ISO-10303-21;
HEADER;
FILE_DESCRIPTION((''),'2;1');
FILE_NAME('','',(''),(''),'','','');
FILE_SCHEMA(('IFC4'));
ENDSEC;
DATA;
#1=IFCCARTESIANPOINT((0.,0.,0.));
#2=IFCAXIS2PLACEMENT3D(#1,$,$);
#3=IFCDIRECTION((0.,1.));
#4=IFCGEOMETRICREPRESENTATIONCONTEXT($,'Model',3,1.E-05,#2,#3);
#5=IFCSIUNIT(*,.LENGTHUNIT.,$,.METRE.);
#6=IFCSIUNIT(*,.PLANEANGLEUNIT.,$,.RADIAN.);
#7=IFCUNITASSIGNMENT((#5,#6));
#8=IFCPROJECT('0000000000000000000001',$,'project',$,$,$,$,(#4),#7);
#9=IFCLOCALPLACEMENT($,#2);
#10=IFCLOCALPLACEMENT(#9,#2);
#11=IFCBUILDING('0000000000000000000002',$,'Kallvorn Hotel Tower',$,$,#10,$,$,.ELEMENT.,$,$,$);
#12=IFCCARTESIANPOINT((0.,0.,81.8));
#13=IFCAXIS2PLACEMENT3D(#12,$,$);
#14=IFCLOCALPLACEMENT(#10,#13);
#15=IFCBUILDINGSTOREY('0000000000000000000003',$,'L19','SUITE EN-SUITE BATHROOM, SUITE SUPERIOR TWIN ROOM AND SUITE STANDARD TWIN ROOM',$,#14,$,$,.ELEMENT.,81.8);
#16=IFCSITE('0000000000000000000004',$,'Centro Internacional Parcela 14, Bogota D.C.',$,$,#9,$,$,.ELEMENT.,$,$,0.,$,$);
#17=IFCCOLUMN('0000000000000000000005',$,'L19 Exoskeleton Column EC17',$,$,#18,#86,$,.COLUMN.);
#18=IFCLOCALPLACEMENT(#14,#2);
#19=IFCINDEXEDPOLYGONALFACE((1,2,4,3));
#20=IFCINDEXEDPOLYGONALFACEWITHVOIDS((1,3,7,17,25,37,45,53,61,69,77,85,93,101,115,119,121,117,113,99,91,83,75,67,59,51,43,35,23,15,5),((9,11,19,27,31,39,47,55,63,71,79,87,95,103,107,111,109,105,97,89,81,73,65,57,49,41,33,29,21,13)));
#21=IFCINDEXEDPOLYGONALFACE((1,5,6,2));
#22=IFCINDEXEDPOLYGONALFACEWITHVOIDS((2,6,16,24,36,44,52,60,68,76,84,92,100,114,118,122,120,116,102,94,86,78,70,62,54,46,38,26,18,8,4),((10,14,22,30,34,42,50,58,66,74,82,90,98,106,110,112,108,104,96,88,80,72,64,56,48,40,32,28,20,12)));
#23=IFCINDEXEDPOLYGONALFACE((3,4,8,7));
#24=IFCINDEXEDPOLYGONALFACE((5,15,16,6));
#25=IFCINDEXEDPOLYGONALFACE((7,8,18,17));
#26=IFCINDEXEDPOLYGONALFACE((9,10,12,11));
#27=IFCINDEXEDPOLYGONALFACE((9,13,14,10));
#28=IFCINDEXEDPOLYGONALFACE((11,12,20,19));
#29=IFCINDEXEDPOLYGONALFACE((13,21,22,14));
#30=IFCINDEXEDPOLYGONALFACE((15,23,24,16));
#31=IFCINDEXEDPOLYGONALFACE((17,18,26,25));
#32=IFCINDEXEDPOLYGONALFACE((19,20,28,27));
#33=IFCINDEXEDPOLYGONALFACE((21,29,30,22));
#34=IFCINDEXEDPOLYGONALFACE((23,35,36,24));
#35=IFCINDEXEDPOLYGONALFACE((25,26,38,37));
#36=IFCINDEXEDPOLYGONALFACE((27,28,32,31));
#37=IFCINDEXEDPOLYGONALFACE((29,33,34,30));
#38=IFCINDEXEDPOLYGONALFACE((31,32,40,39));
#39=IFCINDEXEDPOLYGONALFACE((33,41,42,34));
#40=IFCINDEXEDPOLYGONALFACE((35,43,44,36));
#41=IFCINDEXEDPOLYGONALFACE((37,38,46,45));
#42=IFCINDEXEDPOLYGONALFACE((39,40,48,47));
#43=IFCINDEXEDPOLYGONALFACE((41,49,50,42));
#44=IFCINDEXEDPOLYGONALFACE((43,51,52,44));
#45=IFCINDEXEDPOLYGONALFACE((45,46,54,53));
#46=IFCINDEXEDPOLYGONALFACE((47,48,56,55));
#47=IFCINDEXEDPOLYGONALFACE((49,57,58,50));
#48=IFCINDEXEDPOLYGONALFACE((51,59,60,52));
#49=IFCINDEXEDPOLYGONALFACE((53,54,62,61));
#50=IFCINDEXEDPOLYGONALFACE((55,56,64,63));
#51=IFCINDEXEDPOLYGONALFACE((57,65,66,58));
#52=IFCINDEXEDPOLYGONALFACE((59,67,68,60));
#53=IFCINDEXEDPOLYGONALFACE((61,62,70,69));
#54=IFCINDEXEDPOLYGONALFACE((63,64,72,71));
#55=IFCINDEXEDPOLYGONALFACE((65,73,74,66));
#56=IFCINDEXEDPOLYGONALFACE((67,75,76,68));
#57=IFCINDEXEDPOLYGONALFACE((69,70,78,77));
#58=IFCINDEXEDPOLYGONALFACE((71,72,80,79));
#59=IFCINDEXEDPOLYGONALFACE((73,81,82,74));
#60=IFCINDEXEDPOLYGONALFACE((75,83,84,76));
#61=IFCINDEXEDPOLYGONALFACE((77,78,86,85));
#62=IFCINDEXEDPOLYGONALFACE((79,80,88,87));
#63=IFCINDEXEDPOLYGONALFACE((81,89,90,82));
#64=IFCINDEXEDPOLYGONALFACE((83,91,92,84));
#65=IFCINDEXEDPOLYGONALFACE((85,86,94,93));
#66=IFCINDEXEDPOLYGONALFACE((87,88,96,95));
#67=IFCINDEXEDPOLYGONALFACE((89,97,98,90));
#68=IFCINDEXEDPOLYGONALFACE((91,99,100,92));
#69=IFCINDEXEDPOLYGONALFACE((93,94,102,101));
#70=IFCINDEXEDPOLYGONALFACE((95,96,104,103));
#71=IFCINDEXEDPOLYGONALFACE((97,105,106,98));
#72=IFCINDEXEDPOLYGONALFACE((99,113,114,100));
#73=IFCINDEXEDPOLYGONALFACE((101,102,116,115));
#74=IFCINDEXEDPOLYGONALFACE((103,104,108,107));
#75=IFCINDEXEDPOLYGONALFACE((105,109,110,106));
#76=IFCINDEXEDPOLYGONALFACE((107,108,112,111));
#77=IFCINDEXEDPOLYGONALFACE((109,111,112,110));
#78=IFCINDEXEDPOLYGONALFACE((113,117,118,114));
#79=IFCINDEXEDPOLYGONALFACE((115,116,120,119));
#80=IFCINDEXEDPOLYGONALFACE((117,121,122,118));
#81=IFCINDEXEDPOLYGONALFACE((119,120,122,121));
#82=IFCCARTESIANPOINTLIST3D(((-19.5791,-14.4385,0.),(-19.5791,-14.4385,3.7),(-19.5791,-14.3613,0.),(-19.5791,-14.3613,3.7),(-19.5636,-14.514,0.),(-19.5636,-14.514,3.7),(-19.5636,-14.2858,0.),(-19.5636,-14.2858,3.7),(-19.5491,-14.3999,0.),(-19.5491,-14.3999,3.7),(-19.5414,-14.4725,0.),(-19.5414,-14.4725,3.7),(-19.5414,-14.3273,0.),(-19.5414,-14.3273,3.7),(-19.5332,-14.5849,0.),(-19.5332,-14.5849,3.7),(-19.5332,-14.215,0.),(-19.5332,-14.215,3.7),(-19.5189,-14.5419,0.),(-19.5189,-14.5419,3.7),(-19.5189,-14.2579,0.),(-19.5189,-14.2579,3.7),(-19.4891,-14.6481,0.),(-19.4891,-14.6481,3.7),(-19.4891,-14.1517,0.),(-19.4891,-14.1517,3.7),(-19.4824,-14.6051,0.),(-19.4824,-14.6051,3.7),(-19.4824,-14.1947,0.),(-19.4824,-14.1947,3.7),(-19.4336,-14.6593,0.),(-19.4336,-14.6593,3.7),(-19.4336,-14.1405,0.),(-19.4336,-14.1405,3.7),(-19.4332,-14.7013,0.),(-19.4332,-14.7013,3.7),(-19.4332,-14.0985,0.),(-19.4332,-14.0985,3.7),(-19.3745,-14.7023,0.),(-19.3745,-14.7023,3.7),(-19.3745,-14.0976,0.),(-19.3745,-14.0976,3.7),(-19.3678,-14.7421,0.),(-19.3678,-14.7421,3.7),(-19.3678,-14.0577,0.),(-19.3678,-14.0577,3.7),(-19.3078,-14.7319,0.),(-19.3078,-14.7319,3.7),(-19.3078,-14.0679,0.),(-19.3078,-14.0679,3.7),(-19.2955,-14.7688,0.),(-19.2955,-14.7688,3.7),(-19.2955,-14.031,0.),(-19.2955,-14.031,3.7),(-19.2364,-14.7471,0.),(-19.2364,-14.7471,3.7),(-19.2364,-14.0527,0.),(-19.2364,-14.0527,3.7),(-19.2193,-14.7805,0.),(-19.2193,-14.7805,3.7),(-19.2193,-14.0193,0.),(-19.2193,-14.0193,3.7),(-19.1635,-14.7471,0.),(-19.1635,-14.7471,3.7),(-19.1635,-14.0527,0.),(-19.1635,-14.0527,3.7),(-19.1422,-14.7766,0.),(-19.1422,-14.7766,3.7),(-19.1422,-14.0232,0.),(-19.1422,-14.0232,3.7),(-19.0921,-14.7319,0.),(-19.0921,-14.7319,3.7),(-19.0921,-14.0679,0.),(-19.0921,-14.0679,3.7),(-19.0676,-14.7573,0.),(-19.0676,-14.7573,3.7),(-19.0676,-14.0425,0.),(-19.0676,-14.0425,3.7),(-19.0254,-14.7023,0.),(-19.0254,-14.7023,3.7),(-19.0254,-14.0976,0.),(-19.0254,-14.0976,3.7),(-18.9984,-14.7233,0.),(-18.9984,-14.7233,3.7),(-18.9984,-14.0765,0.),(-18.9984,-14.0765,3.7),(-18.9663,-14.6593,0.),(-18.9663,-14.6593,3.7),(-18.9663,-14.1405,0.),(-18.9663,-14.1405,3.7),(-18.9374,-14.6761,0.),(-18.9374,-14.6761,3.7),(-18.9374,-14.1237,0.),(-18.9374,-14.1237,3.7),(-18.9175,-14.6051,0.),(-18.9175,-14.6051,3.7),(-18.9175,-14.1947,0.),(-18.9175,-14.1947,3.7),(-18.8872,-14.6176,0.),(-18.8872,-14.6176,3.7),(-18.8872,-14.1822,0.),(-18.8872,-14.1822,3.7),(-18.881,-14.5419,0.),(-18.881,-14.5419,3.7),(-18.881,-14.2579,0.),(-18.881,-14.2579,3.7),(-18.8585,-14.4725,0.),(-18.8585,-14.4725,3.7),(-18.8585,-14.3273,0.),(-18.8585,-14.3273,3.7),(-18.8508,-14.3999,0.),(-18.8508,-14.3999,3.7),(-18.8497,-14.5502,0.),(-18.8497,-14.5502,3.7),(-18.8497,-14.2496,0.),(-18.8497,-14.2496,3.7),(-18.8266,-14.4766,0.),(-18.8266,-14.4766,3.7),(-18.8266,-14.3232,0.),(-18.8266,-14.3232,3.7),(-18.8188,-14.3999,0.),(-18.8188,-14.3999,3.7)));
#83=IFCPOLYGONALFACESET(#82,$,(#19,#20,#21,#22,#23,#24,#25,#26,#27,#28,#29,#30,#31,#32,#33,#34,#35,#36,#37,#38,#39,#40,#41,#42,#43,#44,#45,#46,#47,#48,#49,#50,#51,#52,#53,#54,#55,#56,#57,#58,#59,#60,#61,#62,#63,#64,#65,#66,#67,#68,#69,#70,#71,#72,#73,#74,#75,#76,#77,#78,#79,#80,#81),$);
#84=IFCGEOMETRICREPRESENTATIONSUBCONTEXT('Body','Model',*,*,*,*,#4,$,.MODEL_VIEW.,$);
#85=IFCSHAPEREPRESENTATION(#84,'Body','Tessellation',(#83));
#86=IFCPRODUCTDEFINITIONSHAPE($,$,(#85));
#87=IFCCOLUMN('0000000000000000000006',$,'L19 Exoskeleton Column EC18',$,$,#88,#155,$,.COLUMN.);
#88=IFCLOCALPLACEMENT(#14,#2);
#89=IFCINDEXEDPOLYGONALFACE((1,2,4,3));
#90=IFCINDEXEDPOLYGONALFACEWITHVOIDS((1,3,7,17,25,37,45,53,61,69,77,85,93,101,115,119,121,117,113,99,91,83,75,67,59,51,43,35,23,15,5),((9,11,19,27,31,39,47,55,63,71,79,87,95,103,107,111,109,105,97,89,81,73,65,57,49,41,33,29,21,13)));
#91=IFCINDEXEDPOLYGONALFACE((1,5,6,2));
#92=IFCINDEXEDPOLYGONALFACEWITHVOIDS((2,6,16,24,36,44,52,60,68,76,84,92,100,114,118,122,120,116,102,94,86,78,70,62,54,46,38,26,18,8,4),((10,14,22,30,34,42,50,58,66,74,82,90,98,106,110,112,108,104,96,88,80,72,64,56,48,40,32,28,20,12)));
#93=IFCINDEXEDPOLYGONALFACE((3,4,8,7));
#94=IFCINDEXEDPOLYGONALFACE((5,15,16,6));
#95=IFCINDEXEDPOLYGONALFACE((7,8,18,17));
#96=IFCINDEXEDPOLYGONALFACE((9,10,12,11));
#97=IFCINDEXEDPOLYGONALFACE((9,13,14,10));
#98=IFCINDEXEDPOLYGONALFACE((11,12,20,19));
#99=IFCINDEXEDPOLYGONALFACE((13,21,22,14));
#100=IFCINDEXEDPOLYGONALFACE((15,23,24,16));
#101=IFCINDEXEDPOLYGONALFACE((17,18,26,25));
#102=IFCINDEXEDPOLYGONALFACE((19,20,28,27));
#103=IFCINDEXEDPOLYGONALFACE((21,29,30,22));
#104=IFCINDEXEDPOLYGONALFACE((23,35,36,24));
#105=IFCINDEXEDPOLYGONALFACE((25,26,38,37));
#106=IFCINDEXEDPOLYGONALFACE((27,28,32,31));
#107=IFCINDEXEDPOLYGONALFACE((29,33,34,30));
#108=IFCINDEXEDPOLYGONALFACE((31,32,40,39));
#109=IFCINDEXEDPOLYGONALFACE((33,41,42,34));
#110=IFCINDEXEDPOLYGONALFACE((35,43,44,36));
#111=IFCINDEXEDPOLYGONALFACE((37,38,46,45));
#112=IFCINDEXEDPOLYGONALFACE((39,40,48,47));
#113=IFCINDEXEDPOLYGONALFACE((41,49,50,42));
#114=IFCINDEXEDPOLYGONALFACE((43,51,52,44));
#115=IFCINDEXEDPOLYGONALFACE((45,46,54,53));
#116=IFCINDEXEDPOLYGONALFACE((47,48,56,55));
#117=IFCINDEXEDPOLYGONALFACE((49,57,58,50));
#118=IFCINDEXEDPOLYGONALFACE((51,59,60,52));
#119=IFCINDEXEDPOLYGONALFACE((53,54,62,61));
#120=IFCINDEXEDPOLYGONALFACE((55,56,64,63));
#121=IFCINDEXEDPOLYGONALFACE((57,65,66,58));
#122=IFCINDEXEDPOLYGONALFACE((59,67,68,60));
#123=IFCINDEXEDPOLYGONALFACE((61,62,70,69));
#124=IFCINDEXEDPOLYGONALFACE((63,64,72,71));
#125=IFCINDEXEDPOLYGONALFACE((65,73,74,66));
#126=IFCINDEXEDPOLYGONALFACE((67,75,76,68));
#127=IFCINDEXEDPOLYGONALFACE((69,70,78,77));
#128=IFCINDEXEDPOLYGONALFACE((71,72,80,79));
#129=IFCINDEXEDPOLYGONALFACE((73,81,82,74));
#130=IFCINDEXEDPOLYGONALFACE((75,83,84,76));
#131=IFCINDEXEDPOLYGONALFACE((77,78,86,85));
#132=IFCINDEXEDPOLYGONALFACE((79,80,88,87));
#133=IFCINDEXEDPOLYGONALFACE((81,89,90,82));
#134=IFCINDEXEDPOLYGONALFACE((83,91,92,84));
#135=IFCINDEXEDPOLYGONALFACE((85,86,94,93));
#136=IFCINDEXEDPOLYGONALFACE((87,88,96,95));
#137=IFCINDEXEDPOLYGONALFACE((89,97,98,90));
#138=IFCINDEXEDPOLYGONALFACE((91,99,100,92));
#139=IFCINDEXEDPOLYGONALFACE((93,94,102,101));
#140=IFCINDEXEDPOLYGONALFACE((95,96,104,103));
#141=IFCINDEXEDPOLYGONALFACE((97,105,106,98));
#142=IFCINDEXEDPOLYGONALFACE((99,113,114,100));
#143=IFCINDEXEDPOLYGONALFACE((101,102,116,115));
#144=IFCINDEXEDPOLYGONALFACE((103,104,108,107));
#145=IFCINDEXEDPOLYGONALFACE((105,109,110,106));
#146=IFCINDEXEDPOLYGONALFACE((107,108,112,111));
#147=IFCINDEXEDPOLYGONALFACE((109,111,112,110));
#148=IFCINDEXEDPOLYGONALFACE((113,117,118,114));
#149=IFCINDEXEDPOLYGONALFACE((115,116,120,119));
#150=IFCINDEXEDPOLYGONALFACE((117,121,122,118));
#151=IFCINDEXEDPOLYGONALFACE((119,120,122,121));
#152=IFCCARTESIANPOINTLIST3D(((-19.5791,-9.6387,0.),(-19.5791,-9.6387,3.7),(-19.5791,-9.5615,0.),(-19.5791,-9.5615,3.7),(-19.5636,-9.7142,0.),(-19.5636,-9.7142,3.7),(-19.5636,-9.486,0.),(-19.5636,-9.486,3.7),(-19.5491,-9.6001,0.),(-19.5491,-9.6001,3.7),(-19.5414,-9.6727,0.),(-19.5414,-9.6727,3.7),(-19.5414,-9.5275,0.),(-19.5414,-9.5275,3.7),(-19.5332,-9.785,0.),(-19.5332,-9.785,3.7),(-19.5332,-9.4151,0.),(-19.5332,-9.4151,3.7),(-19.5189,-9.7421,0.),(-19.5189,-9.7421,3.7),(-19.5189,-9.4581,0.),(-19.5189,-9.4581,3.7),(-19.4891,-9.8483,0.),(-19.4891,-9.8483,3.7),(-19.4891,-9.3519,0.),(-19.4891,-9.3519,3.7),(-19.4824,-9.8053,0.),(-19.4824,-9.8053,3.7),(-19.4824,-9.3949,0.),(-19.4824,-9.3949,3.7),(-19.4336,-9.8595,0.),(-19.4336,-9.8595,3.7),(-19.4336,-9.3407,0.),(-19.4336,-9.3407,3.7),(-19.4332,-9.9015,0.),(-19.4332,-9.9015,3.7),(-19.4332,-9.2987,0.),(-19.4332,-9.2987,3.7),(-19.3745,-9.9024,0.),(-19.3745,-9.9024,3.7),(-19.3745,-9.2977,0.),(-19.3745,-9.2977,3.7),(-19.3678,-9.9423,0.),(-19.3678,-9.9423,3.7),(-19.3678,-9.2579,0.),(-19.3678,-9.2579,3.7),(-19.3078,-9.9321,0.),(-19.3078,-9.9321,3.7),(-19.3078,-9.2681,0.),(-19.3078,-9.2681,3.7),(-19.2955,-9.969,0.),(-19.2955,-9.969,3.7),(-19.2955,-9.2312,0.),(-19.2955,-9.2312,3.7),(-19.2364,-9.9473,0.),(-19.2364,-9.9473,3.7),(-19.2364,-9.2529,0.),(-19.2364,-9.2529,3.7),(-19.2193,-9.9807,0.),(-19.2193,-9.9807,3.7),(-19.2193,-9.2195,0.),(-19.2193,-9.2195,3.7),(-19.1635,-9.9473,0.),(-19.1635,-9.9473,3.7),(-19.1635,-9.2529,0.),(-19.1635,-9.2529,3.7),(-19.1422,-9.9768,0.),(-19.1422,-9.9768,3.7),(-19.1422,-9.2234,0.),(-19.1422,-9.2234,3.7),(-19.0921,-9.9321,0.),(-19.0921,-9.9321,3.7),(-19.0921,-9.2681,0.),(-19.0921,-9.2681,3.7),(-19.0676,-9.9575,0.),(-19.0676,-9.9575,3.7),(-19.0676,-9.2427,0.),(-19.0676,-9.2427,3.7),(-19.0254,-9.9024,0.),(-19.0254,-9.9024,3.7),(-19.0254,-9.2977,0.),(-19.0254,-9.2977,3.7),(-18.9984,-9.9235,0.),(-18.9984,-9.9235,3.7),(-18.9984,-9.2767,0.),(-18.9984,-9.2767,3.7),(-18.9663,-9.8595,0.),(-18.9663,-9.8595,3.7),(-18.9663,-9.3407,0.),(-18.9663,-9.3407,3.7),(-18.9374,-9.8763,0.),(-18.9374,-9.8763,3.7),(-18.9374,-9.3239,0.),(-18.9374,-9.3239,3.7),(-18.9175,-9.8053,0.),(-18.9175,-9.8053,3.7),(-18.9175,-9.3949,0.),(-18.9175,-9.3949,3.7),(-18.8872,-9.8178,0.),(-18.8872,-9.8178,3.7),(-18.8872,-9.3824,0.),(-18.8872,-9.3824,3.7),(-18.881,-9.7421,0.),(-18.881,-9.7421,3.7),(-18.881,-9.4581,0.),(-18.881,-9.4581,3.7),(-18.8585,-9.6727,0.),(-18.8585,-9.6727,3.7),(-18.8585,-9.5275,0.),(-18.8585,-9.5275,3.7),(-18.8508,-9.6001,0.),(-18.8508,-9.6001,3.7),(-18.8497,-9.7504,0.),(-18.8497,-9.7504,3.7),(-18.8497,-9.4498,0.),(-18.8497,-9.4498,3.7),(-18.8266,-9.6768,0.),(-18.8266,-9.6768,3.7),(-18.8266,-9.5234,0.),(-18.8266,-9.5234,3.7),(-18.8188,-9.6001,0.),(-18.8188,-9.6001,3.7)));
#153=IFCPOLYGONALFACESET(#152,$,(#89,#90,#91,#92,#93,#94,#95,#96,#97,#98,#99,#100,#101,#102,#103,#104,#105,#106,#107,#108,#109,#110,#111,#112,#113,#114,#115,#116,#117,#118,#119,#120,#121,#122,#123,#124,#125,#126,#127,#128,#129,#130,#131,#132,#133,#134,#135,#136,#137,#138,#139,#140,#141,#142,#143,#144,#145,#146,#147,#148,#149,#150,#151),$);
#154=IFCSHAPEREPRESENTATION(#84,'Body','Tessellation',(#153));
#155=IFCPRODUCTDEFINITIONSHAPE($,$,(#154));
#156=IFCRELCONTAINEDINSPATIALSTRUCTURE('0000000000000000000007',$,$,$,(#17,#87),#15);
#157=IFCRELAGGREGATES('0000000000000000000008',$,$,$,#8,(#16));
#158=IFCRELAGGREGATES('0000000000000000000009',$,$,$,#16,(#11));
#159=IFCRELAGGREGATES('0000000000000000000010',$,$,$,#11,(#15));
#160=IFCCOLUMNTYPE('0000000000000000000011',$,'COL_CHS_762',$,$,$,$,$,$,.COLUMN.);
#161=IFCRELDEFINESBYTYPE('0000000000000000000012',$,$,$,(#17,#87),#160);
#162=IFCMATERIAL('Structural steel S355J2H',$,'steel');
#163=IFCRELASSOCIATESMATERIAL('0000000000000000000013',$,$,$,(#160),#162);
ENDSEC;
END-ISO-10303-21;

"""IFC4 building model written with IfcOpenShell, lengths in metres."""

from ifc_helpers import new_model, si_unit, direction, frame, origin, origin_2d, place, context, subcontext, project, spatial, hollow_circle, extrude, material, material_profile, profile_set, type_object, element, save


model = new_model("IFC4")

# Units and contexts
model_context = context("Model", 3, precision=1e-05, world=origin(), true_north=direction((0.0, 1.0)))
body_context = subcontext(model_context, "Body", "Model", "MODEL_VIEW")
ifc_project = project(units=[si_unit("LENGTHUNIT", "METRE"), si_unit("PLANEANGLEUNIT", "RADIAN")], contexts=[model_context])

# Site, building, storey
site_placement = place(None, origin())
site = spatial("IfcSite", under=ifc_project, at=site_placement, Name="Centro Internacional Parcela 14, Bogota D.C.", CompositionType="ELEMENT", RefElevation=0.0)
building_placement = place(site_placement, origin())
building = spatial("IfcBuilding", under=site, at=building_placement, Name="Kallvorn Hotel Tower", CompositionType="ELEMENT")
storey_placement = place(building_placement, frame((0.0, 0.0, 81.8)))
storey = spatial("IfcBuildingStorey", under=building, at=storey_placement, Name="L19", Description="SUITE EN-SUITE BATHROOM, SUITE SUPERIOR TWIN ROOM AND SUITE STANDARD TWIN ROOM", CompositionType="ELEMENT", Elevation=81.8)

# Columns
ifc_material_1 = material(Name="Structural steel S355J2H", Category="steel")
ifc_material_profile_1 = material_profile(ifc_material_1, hollow_circle(Radius=0.3811, WallThickness=0.032, at=origin_2d()), Name="CHS 762x32")
ifc_profile_set_1 = profile_set([ifc_material_profile_1], Name="Structural steel S355J2H")
column_type = type_object("IfcColumnType", Name="COL_CHS_762", PredefinedType="COLUMN", material=ifc_profile_set_1)
for number, where, z_axis, x_axis, name in (
    (1, (-19.2, -14.3999, 0.0), (0.0, 0.0, 1.0), (1.0, 0.0, 0.0), "L19 Exoskeleton Column EC17"),
    (2, (-19.2, -9.6001, 0.0), (0.0, 0.0, 1.0), (1.0, 0.0, 0.0), "L19 Exoskeleton Column EC18"),
):
    element("IfcColumn", number, at=place(storey_placement, frame(where, z_axis=z_axis, x_axis=x_axis)), inside=storey, type_object=column_type, Name=name, PredefinedType="COLUMN", context=body_context, shape_type="SweptSolid", body=[
        extrude(hollow_circle(Radius=0.3811, WallThickness=0.032, at=origin_2d()), origin(), (0.0, 0.0, 1.0), 3.7),
    ])

save(model, "model.ifc")
